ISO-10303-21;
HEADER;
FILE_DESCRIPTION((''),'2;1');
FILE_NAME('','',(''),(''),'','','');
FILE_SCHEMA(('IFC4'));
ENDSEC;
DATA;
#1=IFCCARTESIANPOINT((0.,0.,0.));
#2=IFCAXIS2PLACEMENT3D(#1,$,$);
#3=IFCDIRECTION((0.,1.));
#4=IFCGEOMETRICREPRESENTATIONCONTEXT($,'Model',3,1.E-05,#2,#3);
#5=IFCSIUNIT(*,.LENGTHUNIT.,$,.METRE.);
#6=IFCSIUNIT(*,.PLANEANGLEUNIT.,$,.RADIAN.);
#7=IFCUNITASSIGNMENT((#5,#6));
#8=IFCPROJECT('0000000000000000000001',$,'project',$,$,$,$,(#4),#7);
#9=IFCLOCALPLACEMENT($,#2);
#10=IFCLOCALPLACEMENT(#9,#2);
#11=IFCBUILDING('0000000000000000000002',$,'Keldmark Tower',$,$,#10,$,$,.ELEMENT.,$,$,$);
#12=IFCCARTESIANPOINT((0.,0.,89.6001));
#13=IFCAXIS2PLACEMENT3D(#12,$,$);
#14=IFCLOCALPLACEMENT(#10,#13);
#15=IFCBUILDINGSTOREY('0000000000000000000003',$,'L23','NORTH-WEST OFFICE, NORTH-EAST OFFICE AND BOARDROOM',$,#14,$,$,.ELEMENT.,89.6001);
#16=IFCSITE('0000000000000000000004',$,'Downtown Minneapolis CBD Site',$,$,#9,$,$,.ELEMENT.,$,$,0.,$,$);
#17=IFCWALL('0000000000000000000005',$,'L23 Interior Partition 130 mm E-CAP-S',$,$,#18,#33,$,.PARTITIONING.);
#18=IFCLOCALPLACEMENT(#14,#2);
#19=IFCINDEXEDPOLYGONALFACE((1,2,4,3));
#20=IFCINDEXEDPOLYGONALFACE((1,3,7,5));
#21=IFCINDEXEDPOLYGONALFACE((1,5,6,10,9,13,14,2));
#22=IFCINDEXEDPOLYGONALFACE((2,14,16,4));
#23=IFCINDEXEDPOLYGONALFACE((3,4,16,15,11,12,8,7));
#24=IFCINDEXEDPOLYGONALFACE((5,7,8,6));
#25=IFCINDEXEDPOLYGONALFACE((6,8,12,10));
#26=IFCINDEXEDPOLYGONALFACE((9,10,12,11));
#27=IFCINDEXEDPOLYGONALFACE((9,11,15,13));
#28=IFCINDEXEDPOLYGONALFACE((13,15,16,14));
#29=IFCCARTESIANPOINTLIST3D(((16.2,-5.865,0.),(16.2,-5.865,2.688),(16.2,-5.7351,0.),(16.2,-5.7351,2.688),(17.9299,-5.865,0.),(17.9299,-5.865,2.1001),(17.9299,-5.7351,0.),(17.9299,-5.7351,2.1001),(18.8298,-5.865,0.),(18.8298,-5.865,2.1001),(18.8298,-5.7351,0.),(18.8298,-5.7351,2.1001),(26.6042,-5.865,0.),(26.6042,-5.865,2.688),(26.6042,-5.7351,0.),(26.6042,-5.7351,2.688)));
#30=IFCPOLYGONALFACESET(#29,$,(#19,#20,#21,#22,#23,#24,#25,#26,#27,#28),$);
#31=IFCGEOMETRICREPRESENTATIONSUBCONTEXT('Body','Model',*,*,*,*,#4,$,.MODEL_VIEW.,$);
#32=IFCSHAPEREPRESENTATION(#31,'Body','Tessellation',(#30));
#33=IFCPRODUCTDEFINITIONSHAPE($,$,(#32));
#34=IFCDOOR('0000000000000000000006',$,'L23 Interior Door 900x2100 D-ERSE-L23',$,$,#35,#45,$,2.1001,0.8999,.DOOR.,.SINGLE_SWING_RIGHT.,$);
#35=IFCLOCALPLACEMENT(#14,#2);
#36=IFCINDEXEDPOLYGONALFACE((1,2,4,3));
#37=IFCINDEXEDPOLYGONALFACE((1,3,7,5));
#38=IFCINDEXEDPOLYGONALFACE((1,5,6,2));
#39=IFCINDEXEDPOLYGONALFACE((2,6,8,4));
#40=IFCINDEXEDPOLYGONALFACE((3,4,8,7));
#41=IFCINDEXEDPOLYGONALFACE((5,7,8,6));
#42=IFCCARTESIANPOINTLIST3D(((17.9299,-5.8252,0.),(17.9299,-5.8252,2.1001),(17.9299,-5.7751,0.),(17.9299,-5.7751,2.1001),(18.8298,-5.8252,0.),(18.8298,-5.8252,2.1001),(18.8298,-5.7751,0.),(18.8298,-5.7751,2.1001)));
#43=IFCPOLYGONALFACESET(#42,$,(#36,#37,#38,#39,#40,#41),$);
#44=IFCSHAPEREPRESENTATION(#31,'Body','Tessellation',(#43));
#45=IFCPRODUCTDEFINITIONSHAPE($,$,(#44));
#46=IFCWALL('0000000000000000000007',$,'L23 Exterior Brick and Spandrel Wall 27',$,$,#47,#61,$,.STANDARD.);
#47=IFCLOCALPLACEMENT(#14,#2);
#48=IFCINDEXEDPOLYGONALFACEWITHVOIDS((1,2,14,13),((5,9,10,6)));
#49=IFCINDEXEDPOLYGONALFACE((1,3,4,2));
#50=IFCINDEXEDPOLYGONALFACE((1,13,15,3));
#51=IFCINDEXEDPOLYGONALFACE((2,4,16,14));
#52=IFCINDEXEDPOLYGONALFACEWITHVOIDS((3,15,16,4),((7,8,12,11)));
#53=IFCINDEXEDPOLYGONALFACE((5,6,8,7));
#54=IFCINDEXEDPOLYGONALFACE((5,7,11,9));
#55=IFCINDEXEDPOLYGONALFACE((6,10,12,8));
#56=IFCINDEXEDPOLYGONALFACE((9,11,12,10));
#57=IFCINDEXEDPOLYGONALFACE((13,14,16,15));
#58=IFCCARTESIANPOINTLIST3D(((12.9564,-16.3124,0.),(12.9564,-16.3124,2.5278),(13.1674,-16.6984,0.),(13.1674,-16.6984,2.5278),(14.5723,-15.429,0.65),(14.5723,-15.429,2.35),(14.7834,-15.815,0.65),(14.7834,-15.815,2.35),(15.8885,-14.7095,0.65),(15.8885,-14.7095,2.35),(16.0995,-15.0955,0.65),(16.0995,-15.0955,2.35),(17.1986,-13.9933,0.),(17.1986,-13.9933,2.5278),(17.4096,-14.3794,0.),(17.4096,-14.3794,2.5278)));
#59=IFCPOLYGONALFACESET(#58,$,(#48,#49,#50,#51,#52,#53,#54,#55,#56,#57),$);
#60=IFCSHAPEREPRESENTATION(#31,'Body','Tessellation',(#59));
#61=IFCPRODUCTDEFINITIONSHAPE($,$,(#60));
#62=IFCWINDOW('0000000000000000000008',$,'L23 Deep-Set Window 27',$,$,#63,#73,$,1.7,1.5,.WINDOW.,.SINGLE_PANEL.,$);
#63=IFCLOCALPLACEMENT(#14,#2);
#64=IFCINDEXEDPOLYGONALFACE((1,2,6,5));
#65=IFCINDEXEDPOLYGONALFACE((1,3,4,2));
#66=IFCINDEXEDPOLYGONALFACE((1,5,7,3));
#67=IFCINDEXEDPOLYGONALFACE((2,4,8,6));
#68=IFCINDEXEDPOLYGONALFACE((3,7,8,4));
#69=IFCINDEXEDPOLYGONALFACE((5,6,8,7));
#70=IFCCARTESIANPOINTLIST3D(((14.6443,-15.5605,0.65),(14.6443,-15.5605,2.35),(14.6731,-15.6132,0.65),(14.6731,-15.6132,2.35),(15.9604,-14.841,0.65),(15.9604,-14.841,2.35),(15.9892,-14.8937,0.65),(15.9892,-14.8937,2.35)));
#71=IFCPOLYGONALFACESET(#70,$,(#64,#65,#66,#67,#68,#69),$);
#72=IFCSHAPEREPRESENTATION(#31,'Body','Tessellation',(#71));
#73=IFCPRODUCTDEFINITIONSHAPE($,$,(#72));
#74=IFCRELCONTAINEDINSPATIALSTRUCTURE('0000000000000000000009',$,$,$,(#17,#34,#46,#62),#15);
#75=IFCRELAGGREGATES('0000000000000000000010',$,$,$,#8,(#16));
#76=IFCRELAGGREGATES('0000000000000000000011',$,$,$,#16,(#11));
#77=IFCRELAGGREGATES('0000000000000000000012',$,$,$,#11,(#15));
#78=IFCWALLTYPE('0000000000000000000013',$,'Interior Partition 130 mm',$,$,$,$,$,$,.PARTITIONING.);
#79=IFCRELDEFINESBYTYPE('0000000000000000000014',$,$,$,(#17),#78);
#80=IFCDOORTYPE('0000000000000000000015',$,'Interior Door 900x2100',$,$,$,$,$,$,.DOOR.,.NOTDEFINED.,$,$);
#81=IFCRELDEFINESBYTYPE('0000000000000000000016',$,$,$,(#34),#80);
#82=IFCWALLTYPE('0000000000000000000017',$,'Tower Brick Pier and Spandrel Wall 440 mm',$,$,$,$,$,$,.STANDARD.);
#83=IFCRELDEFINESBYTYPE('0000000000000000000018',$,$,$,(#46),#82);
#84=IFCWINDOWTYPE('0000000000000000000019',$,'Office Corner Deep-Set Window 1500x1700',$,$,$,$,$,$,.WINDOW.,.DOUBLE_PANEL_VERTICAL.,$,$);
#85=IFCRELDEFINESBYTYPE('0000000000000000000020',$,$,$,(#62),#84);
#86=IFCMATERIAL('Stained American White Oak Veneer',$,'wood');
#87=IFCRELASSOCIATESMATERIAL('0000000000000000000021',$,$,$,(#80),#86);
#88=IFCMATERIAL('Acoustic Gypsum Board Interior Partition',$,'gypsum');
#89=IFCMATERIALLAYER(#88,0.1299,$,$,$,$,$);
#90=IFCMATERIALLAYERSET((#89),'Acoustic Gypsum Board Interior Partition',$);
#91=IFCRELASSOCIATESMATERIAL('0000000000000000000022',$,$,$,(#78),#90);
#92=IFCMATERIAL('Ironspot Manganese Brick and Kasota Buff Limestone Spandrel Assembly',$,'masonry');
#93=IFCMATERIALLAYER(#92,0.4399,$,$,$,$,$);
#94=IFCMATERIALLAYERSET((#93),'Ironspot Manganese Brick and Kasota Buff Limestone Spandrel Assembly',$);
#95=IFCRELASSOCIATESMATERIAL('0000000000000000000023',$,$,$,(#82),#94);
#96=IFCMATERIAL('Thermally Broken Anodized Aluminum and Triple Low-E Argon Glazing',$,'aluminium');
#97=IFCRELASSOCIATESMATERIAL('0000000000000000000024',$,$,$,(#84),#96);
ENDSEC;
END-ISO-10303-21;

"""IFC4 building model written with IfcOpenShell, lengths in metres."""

from ifc_helpers import new_model, si_unit, direction, frame, frame_2d, origin, place, context, subcontext, project, spatial, rectangle, extrude, material, layer, layer_set, type_object, element, fill, save


model = new_model("IFC4")

# Units and contexts
model_context = context("Model", 3, precision=1e-05, world=origin(), true_north=direction((0.0, 1.0)))
body_context = subcontext(model_context, "Body", "Model", "MODEL_VIEW")
ifc_project = project(units=[si_unit("LENGTHUNIT", "METRE"), si_unit("PLANEANGLEUNIT", "RADIAN")], contexts=[model_context])

# Site, building, storey
site_placement = place(None, origin())
site = spatial("IfcSite", under=ifc_project, at=site_placement, Name="Downtown Minneapolis CBD Site", CompositionType="ELEMENT", RefElevation=0.0)
building_placement = place(site_placement, origin())
building = spatial("IfcBuilding", under=site, at=building_placement, Name="Keldmark Tower", CompositionType="ELEMENT")
storey_placement = place(building_placement, frame((0.0, 0.0, 89.6001)))
storey = spatial("IfcBuildingStorey", under=building, at=storey_placement, Name="L23", Description="NORTH-WEST OFFICE, NORTH-EAST OFFICE AND BOARDROOM", CompositionType="ELEMENT", Elevation=89.6001)

# Shared definitions
ifc_material_1 = material(Name="Stained American White Oak Veneer", Category="wood")
door_type = type_object("IfcDoorType", Name="Interior Door 900x2100", OperationType="NOTDEFINED", PredefinedType="DOOR", material=ifc_material_1)

# Wall, opening, door
ifc_material_2 = material(Name="Acoustic Gypsum Board Interior Partition", Category="gypsum")
ifc_layer_1 = layer(ifc_material_2, 0.1299)
ifc_layer_set_1 = layer_set([ifc_layer_1], Name="Acoustic Gypsum Board Interior Partition")
wall_type_1 = type_object("IfcWallType", Name="Interior Partition 130 mm", PredefinedType="PARTITIONING", material=ifc_layer_set_1)
wall_1_placement = place(storey_placement, frame((16.2, -5.8, 0.0), z_axis=(0.0, 0.0, 1.0), x_axis=(1.0, 0.0, 0.0)))
wall_1 = element("IfcWall", 1, at=wall_1_placement, inside=storey, type_object=wall_type_1, Name="L23 Interior Partition 130 mm E-CAP-S", PredefinedType="PARTITIONING", context=body_context, shape_type="SweptSolid", body=[
    extrude(rectangle(XDim=10.4043, YDim=0.1299, at=frame_2d((5.2021, 0.0))), origin(), (0.0, 0.0, 1.0), 2.688),
])
opening_1_placement = place(wall_1_placement, frame((1.73, 0.0, 0.0)))
opening_1 = element("IfcOpeningElement", 2, at=opening_1_placement, cuts=wall_1, PredefinedType="OPENING", context=body_context, shape_type="SweptSolid", body=[
    extrude(rectangle(XDim=0.8999, YDim=2.1001, at=frame_2d((0.45, 1.05))), frame((0.0, 0.075, 0.0), z_axis=(0.0, -1.0, 0.0), x_axis=(1.0, 0.0, 0.0)), (0.0, 0.0, 1.0), 0.1499),
])
door_1_placement = place(opening_1_placement, origin())
door_1 = element("IfcDoor", 3, at=door_1_placement, inside=storey, type_object=door_type, Name="L23 Interior Door 900x2100 D-ERSE-L23", OperationType="SINGLE_SWING_RIGHT", OverallHeight=2.1001, OverallWidth=0.8999, PredefinedType="DOOR", context=body_context, shape_type="SweptSolid", body=[
    extrude(rectangle(XDim=0.8999, YDim=2.1001, at=frame_2d((0.45, 1.05))), frame((0.0, 0.0249, 0.0), z_axis=(0.0, -1.0, 0.0), x_axis=(1.0, 0.0, 0.0)), (0.0, 0.0, 1.0), 0.05),
])
fill(opening_1, door_1)

# Wall, opening, window
ifc_material_3 = material(Name="Ironspot Manganese Brick and Kasota Buff Limestone Spandrel Assembly", Category="masonry")
ifc_layer_2 = layer(ifc_material_3, 0.4399)
ifc_layer_set_2 = layer_set([ifc_layer_2], Name="Ironspot Manganese Brick and Kasota Buff Limestone Spandrel Assembly")
wall_type_2 = type_object("IfcWallType", Name="Tower Brick Pier and Spandrel Wall 440 mm", PredefinedType="STANDARD", material=ifc_layer_set_2)
wall_2_placement = place(storey_placement, frame((17.3042, -14.1863, 0.0), z_axis=(0.0, 0.0, 1.0), x_axis=(-0.877446, -0.479676, 0.0)))
wall_2 = element("IfcWall", 4, at=wall_2_placement, inside=storey, type_object=wall_type_2, Name="L23 Exterior Brick and Spandrel Wall 27", PredefinedType="STANDARD", context=body_context, shape_type="SweptSolid", body=[
    extrude(rectangle(XDim=4.8347, YDim=0.4399, at=frame_2d((2.4175, 0.0))), origin(), (0.0, 0.0, 1.0), 2.5278),
])
opening_2_placement = place(wall_2_placement, frame((1.4932, 0.0, 0.6499)))
opening_2 = element("IfcOpeningElement", 5, at=opening_2_placement, cuts=wall_2, PredefinedType="OPENING", context=body_context, shape_type="SweptSolid", body=[
    extrude(rectangle(XDim=1.5, YDim=1.7, at=frame_2d((0.75, 0.8501))), frame((0.0, 0.23, 0.0), z_axis=(0.0, -1.0, 0.0), x_axis=(1.0, 0.0, 0.0)), (0.0, 0.0, 1.0), 0.46),
])
ifc_material_4 = material(Name="Thermally Broken Anodized Aluminum and Triple Low-E Argon Glazing", Category="aluminium")
window_type = type_object("IfcWindowType", Name="Office Corner Deep-Set Window 1500x1700", PartitioningType="DOUBLE_PANEL_VERTICAL", PredefinedType="WINDOW", material=ifc_material_4)
window_placement = place(opening_2_placement, origin())
window = element("IfcWindow", 6, at=window_placement, inside=storey, type_object=window_type, Name="L23 Deep-Set Window 27", OverallHeight=1.7, OverallWidth=1.5, PartitioningType="SINGLE_PANEL", PredefinedType="WINDOW", context=body_context, shape_type="SweptSolid", body=[
    extrude(rectangle(XDim=1.5, YDim=1.7, at=frame_2d((0.75, 0.8501))), frame((0.0, -0.01, 0.0), z_axis=(0.0, -1.0, 0.0), x_axis=(1.0, 0.0, 0.0)), (0.0, 0.0, 1.0), 0.0601),
])
fill(opening_2, window)

save(model, "model.ifc")
